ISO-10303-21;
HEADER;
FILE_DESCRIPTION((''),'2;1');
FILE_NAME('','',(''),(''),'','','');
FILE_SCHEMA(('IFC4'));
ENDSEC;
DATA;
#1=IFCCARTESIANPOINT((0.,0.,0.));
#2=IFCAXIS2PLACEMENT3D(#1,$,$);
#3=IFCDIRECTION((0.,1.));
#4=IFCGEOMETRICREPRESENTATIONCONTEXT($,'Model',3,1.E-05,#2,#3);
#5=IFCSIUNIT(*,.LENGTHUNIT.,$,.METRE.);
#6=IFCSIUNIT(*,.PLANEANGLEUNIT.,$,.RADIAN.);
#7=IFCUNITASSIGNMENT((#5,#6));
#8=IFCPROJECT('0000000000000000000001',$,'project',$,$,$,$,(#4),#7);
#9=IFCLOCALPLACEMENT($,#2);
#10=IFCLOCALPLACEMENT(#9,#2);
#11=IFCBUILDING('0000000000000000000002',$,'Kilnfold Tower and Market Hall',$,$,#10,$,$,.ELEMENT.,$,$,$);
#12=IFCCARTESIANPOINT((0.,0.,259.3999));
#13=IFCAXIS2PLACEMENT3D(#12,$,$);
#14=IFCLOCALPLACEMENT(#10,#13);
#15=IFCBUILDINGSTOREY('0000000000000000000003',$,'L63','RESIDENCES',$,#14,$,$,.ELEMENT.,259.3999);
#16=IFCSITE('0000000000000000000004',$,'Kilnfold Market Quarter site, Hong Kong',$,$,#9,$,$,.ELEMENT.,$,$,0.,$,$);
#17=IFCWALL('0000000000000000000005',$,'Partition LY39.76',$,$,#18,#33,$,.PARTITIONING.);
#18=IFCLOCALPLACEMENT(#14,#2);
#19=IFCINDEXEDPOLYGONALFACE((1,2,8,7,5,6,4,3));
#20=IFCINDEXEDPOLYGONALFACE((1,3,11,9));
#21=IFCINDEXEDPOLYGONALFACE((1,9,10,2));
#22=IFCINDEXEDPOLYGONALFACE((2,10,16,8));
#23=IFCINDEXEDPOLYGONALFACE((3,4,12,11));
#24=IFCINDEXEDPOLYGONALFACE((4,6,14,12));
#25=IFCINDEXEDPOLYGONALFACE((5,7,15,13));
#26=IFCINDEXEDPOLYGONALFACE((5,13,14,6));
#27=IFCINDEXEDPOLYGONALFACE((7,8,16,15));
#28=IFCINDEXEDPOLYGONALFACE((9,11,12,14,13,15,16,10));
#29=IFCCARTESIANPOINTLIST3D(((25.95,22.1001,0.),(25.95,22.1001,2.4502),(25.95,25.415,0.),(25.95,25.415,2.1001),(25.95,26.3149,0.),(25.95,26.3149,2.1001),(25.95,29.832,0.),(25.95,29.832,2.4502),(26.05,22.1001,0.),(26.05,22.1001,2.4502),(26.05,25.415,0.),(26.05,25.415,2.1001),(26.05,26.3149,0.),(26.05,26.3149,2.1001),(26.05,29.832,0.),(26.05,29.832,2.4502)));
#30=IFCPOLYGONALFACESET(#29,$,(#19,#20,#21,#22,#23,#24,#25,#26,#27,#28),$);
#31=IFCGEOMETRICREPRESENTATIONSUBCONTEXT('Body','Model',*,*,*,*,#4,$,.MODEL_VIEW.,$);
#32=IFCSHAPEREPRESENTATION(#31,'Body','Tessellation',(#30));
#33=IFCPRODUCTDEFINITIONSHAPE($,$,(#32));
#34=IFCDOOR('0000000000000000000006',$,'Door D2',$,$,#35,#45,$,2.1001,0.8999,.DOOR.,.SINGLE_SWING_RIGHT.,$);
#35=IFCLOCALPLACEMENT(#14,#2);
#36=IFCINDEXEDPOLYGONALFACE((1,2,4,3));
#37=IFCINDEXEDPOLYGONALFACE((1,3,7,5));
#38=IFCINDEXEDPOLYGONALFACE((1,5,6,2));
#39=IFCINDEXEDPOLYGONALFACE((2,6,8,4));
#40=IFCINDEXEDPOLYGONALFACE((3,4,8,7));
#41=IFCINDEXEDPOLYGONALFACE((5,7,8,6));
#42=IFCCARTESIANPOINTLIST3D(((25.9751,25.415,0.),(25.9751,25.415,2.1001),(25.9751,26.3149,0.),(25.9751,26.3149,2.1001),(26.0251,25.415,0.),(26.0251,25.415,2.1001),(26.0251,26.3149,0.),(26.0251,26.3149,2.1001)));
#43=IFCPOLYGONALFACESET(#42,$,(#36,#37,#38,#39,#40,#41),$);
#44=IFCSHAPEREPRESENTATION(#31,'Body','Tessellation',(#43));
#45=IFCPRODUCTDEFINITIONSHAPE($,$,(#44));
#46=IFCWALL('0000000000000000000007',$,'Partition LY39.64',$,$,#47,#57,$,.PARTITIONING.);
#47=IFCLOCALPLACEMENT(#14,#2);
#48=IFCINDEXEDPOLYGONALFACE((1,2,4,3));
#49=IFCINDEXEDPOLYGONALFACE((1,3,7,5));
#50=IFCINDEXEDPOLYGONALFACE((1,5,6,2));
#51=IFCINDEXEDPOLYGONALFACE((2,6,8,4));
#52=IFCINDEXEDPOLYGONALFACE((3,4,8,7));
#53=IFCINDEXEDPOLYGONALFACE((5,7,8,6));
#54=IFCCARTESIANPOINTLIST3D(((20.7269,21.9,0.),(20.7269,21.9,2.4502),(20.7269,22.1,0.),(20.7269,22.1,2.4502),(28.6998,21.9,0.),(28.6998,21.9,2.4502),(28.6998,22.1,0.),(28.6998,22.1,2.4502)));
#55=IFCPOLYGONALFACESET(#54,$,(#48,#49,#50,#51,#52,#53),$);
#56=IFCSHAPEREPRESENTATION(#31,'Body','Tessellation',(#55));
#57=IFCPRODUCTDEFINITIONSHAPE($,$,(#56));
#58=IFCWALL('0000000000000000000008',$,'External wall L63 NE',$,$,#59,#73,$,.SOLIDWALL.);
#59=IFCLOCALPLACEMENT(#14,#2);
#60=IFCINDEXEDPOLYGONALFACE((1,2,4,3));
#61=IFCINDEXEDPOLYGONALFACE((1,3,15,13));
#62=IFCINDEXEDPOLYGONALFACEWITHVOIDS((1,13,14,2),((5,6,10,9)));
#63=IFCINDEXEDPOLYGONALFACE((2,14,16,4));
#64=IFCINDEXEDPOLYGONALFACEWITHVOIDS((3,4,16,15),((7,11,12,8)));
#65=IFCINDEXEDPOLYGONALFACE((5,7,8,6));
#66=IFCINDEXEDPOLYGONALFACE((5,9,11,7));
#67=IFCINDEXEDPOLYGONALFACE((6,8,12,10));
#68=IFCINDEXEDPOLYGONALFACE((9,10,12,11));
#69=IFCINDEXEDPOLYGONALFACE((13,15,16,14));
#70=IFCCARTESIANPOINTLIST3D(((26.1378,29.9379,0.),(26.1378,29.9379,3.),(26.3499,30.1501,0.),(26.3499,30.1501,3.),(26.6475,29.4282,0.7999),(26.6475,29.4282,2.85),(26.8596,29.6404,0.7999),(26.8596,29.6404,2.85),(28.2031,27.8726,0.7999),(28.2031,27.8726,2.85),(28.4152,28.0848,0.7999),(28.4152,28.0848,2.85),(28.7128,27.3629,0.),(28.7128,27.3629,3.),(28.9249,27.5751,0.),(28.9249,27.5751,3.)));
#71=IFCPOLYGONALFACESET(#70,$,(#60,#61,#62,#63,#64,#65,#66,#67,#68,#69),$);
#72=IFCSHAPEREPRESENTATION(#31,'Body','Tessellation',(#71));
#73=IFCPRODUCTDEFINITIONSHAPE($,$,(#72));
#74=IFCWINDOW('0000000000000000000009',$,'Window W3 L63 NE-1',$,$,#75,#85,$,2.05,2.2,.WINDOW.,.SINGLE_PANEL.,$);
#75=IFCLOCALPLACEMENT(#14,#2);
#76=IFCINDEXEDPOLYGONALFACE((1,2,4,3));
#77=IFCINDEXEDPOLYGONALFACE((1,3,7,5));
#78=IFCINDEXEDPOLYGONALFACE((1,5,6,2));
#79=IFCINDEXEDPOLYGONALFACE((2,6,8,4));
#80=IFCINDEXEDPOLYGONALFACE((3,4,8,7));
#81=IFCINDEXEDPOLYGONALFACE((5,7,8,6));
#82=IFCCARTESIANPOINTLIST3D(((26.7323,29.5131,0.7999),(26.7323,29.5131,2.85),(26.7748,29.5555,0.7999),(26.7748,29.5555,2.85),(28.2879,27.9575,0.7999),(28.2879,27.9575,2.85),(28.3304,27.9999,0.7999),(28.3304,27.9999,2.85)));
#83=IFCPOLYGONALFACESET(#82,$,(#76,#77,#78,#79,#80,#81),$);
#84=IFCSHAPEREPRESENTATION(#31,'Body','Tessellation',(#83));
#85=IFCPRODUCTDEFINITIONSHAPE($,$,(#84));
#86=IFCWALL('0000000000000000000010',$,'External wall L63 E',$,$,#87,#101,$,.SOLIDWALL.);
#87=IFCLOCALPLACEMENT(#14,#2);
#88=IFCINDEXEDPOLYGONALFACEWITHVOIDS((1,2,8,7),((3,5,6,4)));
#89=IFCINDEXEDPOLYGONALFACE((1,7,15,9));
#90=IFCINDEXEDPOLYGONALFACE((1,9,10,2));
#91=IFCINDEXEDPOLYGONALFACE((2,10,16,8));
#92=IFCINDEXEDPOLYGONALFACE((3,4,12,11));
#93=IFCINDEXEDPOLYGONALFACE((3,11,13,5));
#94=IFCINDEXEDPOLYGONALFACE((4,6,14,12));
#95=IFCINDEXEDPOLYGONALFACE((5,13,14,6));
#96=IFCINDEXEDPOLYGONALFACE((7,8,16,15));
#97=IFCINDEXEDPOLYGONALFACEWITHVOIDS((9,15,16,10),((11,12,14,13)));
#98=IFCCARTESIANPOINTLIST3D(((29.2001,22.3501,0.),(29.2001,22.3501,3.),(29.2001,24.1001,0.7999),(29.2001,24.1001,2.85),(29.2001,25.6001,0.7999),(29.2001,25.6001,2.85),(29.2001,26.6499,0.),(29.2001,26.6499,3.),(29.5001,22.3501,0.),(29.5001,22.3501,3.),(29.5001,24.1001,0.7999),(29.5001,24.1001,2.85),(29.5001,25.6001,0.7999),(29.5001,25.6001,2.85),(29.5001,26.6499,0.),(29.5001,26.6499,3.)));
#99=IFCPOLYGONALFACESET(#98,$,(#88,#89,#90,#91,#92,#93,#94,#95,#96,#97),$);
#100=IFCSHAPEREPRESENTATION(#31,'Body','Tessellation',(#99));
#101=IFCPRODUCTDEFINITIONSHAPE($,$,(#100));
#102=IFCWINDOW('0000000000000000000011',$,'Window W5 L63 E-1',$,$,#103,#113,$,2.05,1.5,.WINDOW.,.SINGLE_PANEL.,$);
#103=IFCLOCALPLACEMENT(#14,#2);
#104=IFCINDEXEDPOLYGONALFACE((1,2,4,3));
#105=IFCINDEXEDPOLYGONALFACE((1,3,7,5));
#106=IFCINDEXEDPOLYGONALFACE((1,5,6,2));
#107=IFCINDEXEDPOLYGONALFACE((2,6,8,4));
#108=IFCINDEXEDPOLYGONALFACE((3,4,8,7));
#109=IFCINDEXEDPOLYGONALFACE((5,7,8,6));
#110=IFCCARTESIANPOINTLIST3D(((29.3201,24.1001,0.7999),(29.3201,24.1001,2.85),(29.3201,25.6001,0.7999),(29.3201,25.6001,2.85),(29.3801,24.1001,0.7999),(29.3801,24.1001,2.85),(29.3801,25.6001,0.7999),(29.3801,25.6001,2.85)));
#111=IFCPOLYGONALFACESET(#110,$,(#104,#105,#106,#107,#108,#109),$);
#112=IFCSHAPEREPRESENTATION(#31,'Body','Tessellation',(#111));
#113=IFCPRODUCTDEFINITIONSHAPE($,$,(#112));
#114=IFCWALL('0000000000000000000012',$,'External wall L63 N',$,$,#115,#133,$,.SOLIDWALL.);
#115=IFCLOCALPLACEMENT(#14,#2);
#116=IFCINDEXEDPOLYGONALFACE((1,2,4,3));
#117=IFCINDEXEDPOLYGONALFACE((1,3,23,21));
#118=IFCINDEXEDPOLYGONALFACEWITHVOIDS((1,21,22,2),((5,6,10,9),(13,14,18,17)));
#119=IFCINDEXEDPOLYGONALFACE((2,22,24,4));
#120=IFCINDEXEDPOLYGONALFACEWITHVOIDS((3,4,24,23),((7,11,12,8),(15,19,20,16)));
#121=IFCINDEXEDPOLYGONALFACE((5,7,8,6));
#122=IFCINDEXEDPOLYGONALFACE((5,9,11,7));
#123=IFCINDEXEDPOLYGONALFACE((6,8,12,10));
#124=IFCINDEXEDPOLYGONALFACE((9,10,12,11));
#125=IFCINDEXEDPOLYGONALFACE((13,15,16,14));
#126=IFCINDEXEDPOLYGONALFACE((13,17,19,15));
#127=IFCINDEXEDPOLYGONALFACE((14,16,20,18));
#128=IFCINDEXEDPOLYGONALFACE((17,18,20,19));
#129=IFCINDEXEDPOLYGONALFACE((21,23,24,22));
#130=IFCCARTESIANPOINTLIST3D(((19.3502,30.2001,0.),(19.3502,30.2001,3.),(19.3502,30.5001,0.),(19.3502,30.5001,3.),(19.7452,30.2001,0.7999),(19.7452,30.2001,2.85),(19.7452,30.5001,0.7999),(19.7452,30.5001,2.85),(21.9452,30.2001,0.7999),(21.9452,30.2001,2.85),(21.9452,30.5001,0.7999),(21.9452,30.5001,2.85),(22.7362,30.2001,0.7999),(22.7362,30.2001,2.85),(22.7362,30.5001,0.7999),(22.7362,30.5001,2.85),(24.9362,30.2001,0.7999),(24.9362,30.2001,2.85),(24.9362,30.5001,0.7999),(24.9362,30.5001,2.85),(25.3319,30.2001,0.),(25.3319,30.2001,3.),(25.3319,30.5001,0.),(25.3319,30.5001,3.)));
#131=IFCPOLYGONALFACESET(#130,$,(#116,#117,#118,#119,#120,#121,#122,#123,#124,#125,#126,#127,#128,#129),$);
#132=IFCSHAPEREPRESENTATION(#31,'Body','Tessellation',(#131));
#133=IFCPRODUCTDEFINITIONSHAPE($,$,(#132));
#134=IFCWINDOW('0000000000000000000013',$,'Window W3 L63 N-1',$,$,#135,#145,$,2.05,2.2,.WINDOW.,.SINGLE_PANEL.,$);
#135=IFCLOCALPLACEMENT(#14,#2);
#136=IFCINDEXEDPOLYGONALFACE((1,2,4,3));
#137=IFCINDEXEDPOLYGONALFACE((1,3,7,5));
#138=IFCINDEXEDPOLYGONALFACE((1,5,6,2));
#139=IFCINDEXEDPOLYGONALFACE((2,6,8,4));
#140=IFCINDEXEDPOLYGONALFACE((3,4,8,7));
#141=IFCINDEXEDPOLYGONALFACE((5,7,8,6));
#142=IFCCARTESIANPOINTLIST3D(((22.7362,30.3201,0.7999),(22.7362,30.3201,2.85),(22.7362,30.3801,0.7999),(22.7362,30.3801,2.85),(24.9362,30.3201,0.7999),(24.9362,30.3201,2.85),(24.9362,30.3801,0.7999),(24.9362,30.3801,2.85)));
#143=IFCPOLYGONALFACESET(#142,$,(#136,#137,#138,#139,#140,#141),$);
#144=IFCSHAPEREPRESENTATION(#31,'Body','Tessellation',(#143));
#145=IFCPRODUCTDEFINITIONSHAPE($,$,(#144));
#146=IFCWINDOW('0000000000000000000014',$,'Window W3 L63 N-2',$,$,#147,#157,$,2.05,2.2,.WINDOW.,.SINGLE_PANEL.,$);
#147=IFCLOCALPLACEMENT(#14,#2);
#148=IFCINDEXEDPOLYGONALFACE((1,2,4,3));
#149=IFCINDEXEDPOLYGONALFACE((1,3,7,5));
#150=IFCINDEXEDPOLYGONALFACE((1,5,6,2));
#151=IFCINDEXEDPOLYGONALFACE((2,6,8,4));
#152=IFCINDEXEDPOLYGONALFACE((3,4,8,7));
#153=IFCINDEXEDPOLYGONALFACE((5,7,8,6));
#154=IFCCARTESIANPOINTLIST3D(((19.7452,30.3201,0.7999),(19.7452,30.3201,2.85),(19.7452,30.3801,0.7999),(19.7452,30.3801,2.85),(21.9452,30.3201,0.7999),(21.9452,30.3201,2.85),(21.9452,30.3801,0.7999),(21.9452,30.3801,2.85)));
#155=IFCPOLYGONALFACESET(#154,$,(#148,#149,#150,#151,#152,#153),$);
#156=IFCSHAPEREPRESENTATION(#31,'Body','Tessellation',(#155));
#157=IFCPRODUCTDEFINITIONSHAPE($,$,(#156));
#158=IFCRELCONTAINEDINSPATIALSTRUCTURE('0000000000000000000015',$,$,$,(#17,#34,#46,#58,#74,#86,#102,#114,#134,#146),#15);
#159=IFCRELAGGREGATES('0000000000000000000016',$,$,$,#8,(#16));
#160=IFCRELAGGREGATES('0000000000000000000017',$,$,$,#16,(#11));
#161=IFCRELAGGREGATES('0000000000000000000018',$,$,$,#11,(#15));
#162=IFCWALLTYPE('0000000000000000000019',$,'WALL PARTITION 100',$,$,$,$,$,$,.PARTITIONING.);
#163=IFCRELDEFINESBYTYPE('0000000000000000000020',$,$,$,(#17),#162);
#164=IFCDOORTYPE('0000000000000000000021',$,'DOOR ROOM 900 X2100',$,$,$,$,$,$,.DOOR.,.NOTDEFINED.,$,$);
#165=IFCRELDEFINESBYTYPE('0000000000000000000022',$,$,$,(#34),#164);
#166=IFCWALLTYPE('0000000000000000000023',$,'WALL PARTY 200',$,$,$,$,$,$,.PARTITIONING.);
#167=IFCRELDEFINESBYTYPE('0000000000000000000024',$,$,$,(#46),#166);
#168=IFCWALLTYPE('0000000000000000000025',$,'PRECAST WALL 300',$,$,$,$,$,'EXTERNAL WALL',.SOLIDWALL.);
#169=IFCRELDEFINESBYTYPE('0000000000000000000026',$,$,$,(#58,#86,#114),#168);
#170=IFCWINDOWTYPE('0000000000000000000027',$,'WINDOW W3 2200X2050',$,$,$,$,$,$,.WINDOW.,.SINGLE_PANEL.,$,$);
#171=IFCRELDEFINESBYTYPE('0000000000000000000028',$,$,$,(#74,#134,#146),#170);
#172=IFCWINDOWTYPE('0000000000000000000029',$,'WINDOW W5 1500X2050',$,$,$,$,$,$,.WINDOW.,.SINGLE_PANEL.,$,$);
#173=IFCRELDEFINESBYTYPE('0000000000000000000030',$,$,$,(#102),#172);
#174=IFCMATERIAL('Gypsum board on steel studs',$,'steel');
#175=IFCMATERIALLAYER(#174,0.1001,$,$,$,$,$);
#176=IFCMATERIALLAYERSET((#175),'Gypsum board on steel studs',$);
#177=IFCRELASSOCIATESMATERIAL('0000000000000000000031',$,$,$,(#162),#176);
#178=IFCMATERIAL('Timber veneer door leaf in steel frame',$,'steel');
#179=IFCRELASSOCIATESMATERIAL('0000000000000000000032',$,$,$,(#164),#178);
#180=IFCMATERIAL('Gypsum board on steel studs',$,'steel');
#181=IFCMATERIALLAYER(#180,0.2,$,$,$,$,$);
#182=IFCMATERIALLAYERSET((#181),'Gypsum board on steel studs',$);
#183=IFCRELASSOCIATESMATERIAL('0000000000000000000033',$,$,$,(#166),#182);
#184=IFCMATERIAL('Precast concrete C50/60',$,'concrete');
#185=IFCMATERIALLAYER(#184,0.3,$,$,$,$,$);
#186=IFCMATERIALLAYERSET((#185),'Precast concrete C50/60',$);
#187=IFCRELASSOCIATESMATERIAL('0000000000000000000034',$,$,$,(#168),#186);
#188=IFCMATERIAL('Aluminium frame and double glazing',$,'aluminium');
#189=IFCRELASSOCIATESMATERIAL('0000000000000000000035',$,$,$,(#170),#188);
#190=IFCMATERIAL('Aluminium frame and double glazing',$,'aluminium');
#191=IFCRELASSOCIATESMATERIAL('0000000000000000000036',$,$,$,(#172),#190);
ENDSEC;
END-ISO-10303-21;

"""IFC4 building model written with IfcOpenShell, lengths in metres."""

from ifc_helpers import new_model, si_unit, direction, frame, frame_2d, origin, place, context, subcontext, project, spatial, rectangle, extrude, source, transform, mapped, material, layer, layer_set, type_object, element, fill, save


model = new_model("IFC4")

# Units and contexts
model_context = context("Model", 3, precision=1e-05, world=origin(), true_north=direction((0.0, 1.0)))
body_context = subcontext(model_context, "Body", "Model", "MODEL_VIEW")
ifc_project = project(units=[si_unit("LENGTHUNIT", "METRE"), si_unit("PLANEANGLEUNIT", "RADIAN")], contexts=[model_context])

# Site, building, storey
site_placement = place(None, origin())
site = spatial("IfcSite", under=ifc_project, at=site_placement, Name="Kilnfold Market Quarter site, Hong Kong", CompositionType="ELEMENT", RefElevation=0.0)
building_placement = place(site_placement, origin())
building = spatial("IfcBuilding", under=site, at=building_placement, Name="Kilnfold Tower and Market Hall", CompositionType="ELEMENT")
storey_placement = place(building_placement, frame((0.0, 0.0, 259.3999)))
storey = spatial("IfcBuildingStorey", under=building, at=storey_placement, Name="L63", Description="RESIDENCES", CompositionType="ELEMENT", Elevation=259.3999)

# Shared definitions
ifc_material_1 = material(Name="Gypsum board on steel studs", Category="steel")
ifc_layer_1 = layer(ifc_material_1, 0.1001)
ifc_layer_set_1 = layer_set([ifc_layer_1], Name="Gypsum board on steel studs")
wall_type_1 = type_object("IfcWallType", Name="WALL PARTITION 100", PredefinedType="PARTITIONING", material=ifc_layer_set_1)
ifc_material_2 = material(Name="Timber veneer door leaf in steel frame", Category="steel")
door_type = type_object("IfcDoorType", Name="DOOR ROOM 900 X2100", OperationType="NOTDEFINED", PredefinedType="DOOR", material=ifc_material_2)

# Wall, opening, door
wall_1_placement = place(storey_placement, frame((26.0, 22.1001, 0.0), z_axis=(0.0, 0.0, 1.0), x_axis=(0.0, 1.0, 0.0)))
wall_1 = element("IfcWall", 1, at=wall_1_placement, inside=storey, type_object=wall_type_1, Name="Partition LY39.76", PredefinedType="PARTITIONING", context=body_context, shape_type="SweptSolid", body=[
    extrude(rectangle(XDim=7.7319, YDim=0.1001, at=frame_2d((3.866, 0.0))), origin(), (0.0, 0.0, 1.0), 2.4502),
])
opening_1_placement = place(wall_1_placement, frame((3.3149, 0.0, 0.0)))
opening_1 = element("IfcOpeningElement", 2, at=opening_1_placement, cuts=wall_1, PredefinedType="OPENING", context=body_context, shape_type="SweptSolid", body=[
    extrude(rectangle(XDim=0.8999, YDim=2.1001, at=frame_2d((0.45, 1.05))), frame((0.0, 0.0601, 0.0), z_axis=(0.0, -1.0, 0.0), x_axis=(1.0, 0.0, 0.0)), (0.0, 0.0, 1.0), 0.1201),
])
door_1_placement = place(opening_1_placement, origin())
door_1 = element("IfcDoor", 3, at=door_1_placement, inside=storey, type_object=door_type, Name="Door D2", OperationType="SINGLE_SWING_RIGHT", OverallHeight=2.1001, OverallWidth=0.8999, PredefinedType="DOOR", context=body_context, shape_type="SweptSolid", body=[
    extrude(rectangle(XDim=0.8999, YDim=2.1001, at=frame_2d((0.45, 1.05))), frame((0.0, 0.0249, 0.0), z_axis=(0.0, -1.0, 0.0), x_axis=(1.0, 0.0, 0.0)), (0.0, 0.0, 1.0), 0.05),
])
fill(opening_1, door_1)

# Wall
ifc_material_3 = material(Name="Gypsum board on steel studs", Category="steel")
ifc_layer_2 = layer(ifc_material_3, 0.2)
ifc_layer_set_2 = layer_set([ifc_layer_2], Name="Gypsum board on steel studs")
wall_type_2 = type_object("IfcWallType", Name="WALL PARTY 200", PredefinedType="PARTITIONING", material=ifc_layer_set_2)
wall_2_placement = place(storey_placement, frame((20.7271, 22.0, 0.0), z_axis=(0.0, 0.0, 1.0), x_axis=(1.0, 0.0, 0.0)))
element("IfcWall", 4, at=wall_2_placement, inside=storey, type_object=wall_type_2, Name="Partition LY39.64", PredefinedType="PARTITIONING", context=body_context, shape_type="SweptSolid", body=[
    extrude(rectangle(XDim=7.9729, YDim=0.2, at=frame_2d((3.9863, 0.0))), origin(), (0.0, 0.0, 1.0), 2.4502),
])

# Walls, openings, windows
ifc_material_4 = material(Name="Precast concrete C50/60", Category="concrete")
ifc_layer_3 = layer(ifc_material_4, 0.3)
ifc_layer_set_3 = layer_set([ifc_layer_3], Name="Precast concrete C50/60")
wall_type_3 = type_object("IfcWallType", Name="PRECAST WALL 300", ElementType="EXTERNAL WALL", PredefinedType="SOLIDWALL", material=ifc_layer_set_3)
shared_shape_1 = source(origin(), body_context, "Body", "SweptSolid", [
    extrude(rectangle(XDim=3.6416, YDim=0.3, at=frame_2d((1.8208, 0.0))), origin(), (0.0, 0.0, 1.0), 3.0),
])
wall_3_placement = place(storey_placement, frame((28.8188, 27.469, 0.0), z_axis=(0.0, 0.0, 1.0), x_axis=(-0.707107, 0.707107, 0.0)))
wall_3 = element("IfcWall", 5, at=wall_3_placement, inside=storey, type_object=wall_type_3, Name="External wall L63 NE", PredefinedType="SOLIDWALL", context=body_context, shape_type="MappedRepresentation", body=[
    mapped(shared_shape_1, transform((0.0, 0.0, 0.0))),
])
opening_2_placement = place(wall_3_placement, frame((0.7207, 0.0, 0.8)))
opening_2 = element("IfcOpeningElement", 6, at=opening_2_placement, cuts=wall_3, PredefinedType="OPENING", context=body_context, shape_type="SweptSolid", body=[
    extrude(rectangle(XDim=2.2, YDim=2.05, at=frame_2d((1.1001, 1.0249))), frame((0.0, 0.1602, 0.0), z_axis=(0.0, -1.0, 0.0), x_axis=(1.0, 0.0, 0.0)), (0.0, 0.0, 1.0), 0.3201),
])
ifc_material_5 = material(Name="Aluminium frame and double glazing", Category="aluminium")
window_type_1 = type_object("IfcWindowType", Name="WINDOW W3 2200X2050", PartitioningType="SINGLE_PANEL", PredefinedType="WINDOW", material=ifc_material_5)
window_1_placement = place(opening_2_placement, origin())
window_1 = element("IfcWindow", 7, at=window_1_placement, inside=storey, type_object=window_type_1, Name="Window W3 L63 NE-1", OverallHeight=2.05, OverallWidth=2.2, PartitioningType="SINGLE_PANEL", PredefinedType="WINDOW", context=body_context, shape_type="SweptSolid", body=[
    extrude(rectangle(XDim=2.2, YDim=2.05, at=frame_2d((1.1001, 1.0249))), frame((0.0, 0.03, 0.0), z_axis=(0.0, -1.0, 0.0), x_axis=(1.0, 0.0, 0.0)), (0.0, 0.0, 1.0), 0.0601),
])
fill(opening_2, window_1)
shared_shape_2 = source(origin(), body_context, "Body", "SweptSolid", [
    extrude(rectangle(XDim=4.2998, YDim=0.3, at=frame_2d((2.1499, 0.0))), origin(), (0.0, 0.0, 1.0), 3.0),
])
wall_4_placement = place(storey_placement, frame((29.3501, 22.3501, 0.0), z_axis=(0.0, 0.0, 1.0), x_axis=(0.0, 1.0, 0.0)))
wall_4 = element("IfcWall", 8, at=wall_4_placement, inside=storey, type_object=wall_type_3, Name="External wall L63 E", PredefinedType="SOLIDWALL", context=body_context, shape_type="MappedRepresentation", body=[
    mapped(shared_shape_2, transform((0.0, 0.0, 0.0))),
])
opening_3_placement = place(wall_4_placement, frame((1.75, 0.0, 0.8)))
opening_3 = element("IfcOpeningElement", 9, at=opening_3_placement, cuts=wall_4, PredefinedType="OPENING", context=body_context, shape_type="SweptSolid", body=[
    extrude(rectangle(XDim=1.5, YDim=2.05, at=frame_2d((0.75, 1.0249))), frame((0.0, 0.1602, 0.0), z_axis=(0.0, -1.0, 0.0), x_axis=(1.0, 0.0, 0.0)), (0.0, 0.0, 1.0), 0.3201),
])
ifc_material_6 = material(Name="Aluminium frame and double glazing", Category="aluminium")
window_type_2 = type_object("IfcWindowType", Name="WINDOW W5 1500X2050", PartitioningType="SINGLE_PANEL", PredefinedType="WINDOW", material=ifc_material_6)
window_2_placement = place(opening_3_placement, origin())
window_2 = element("IfcWindow", 10, at=window_2_placement, inside=storey, type_object=window_type_2, Name="Window W5 L63 E-1", OverallHeight=2.05, OverallWidth=1.5, PartitioningType="SINGLE_PANEL", PredefinedType="WINDOW", context=body_context, shape_type="SweptSolid", body=[
    extrude(rectangle(XDim=1.5, YDim=2.05, at=frame_2d((0.75, 1.0249))), frame((0.0, 0.03, 0.0), z_axis=(0.0, -1.0, 0.0), x_axis=(1.0, 0.0, 0.0)), (0.0, 0.0, 1.0), 0.0601),
])
fill(opening_3, window_2)

# Wall, openings, windows
shared_shape_3 = source(origin(), body_context, "Body", "SweptSolid", [
    extrude(rectangle(XDim=5.9817, YDim=0.3, at=frame_2d((2.9907, 0.0))), origin(), (0.0, 0.0, 1.0), 3.0),
])
wall_5_placement = place(storey_placement, frame((25.3318, 30.3501, 0.0), z_axis=(0.0, 0.0, 1.0), x_axis=(-1.0, 0.0, 0.0)))
wall_5 = element("IfcWall", 11, at=wall_5_placement, inside=storey, type_object=wall_type_3, Name="External wall L63 N", PredefinedType="SOLIDWALL", context=body_context, shape_type="MappedRepresentation", body=[
    mapped(shared_shape_3, transform((0.0, 0.0, 0.0))),
])
opening_4_placement = place(wall_5_placement, frame((0.3955, 0.0, 0.8)))
opening_4 = element("IfcOpeningElement", 12, at=opening_4_placement, cuts=wall_5, PredefinedType="OPENING", context=body_context, shape_type="SweptSolid", body=[
    extrude(rectangle(XDim=2.2, YDim=2.05, at=frame_2d((1.1001, 1.0249))), frame((0.0, 0.1602, 0.0), z_axis=(0.0, -1.0, 0.0), x_axis=(1.0, 0.0, 0.0)), (0.0, 0.0, 1.0), 0.3201),
])
opening_5_placement = place(wall_5_placement, frame((3.3865, 0.0, 0.8)))
opening_5 = element("IfcOpeningElement", 13, at=opening_5_placement, cuts=wall_5, PredefinedType="OPENING", context=body_context, shape_type="SweptSolid", body=[
    extrude(rectangle(XDim=2.2, YDim=2.05, at=frame_2d((1.1001, 1.0249))), frame((0.0, 0.1602, 0.0), z_axis=(0.0, -1.0, 0.0), x_axis=(1.0, 0.0, 0.0)), (0.0, 0.0, 1.0), 0.3201),
])
window_3_placement = place(opening_4_placement, origin())
window_3 = element("IfcWindow", 14, at=window_3_placement, inside=storey, type_object=window_type_1, Name="Window W3 L63 N-1", OverallHeight=2.05, OverallWidth=2.2, PartitioningType="SINGLE_PANEL", PredefinedType="WINDOW", context=body_context, shape_type="SweptSolid", body=[
    extrude(rectangle(XDim=2.2, YDim=2.05, at=frame_2d((1.1001, 1.0249))), frame((0.0, 0.03, 0.0), z_axis=(0.0, -1.0, 0.0), x_axis=(1.0, 0.0, 0.0)), (0.0, 0.0, 1.0), 0.0601),
])
fill(opening_4, window_3)
window_4_placement = place(opening_5_placement, origin())
window_4 = element("IfcWindow", 15, at=window_4_placement, inside=storey, type_object=window_type_1, Name="Window W3 L63 N-2", OverallHeight=2.05, OverallWidth=2.2, PartitioningType="SINGLE_PANEL", PredefinedType="WINDOW", context=body_context, shape_type="SweptSolid", body=[
    extrude(rectangle(XDim=2.2, YDim=2.05, at=frame_2d((1.1001, 1.0249))), frame((0.0, 0.03, 0.0), z_axis=(0.0, -1.0, 0.0), x_axis=(1.0, 0.0, 0.0)), (0.0, 0.0, 1.0), 0.0601),
])
fill(opening_5, window_4)

save(model, "model.ifc")
